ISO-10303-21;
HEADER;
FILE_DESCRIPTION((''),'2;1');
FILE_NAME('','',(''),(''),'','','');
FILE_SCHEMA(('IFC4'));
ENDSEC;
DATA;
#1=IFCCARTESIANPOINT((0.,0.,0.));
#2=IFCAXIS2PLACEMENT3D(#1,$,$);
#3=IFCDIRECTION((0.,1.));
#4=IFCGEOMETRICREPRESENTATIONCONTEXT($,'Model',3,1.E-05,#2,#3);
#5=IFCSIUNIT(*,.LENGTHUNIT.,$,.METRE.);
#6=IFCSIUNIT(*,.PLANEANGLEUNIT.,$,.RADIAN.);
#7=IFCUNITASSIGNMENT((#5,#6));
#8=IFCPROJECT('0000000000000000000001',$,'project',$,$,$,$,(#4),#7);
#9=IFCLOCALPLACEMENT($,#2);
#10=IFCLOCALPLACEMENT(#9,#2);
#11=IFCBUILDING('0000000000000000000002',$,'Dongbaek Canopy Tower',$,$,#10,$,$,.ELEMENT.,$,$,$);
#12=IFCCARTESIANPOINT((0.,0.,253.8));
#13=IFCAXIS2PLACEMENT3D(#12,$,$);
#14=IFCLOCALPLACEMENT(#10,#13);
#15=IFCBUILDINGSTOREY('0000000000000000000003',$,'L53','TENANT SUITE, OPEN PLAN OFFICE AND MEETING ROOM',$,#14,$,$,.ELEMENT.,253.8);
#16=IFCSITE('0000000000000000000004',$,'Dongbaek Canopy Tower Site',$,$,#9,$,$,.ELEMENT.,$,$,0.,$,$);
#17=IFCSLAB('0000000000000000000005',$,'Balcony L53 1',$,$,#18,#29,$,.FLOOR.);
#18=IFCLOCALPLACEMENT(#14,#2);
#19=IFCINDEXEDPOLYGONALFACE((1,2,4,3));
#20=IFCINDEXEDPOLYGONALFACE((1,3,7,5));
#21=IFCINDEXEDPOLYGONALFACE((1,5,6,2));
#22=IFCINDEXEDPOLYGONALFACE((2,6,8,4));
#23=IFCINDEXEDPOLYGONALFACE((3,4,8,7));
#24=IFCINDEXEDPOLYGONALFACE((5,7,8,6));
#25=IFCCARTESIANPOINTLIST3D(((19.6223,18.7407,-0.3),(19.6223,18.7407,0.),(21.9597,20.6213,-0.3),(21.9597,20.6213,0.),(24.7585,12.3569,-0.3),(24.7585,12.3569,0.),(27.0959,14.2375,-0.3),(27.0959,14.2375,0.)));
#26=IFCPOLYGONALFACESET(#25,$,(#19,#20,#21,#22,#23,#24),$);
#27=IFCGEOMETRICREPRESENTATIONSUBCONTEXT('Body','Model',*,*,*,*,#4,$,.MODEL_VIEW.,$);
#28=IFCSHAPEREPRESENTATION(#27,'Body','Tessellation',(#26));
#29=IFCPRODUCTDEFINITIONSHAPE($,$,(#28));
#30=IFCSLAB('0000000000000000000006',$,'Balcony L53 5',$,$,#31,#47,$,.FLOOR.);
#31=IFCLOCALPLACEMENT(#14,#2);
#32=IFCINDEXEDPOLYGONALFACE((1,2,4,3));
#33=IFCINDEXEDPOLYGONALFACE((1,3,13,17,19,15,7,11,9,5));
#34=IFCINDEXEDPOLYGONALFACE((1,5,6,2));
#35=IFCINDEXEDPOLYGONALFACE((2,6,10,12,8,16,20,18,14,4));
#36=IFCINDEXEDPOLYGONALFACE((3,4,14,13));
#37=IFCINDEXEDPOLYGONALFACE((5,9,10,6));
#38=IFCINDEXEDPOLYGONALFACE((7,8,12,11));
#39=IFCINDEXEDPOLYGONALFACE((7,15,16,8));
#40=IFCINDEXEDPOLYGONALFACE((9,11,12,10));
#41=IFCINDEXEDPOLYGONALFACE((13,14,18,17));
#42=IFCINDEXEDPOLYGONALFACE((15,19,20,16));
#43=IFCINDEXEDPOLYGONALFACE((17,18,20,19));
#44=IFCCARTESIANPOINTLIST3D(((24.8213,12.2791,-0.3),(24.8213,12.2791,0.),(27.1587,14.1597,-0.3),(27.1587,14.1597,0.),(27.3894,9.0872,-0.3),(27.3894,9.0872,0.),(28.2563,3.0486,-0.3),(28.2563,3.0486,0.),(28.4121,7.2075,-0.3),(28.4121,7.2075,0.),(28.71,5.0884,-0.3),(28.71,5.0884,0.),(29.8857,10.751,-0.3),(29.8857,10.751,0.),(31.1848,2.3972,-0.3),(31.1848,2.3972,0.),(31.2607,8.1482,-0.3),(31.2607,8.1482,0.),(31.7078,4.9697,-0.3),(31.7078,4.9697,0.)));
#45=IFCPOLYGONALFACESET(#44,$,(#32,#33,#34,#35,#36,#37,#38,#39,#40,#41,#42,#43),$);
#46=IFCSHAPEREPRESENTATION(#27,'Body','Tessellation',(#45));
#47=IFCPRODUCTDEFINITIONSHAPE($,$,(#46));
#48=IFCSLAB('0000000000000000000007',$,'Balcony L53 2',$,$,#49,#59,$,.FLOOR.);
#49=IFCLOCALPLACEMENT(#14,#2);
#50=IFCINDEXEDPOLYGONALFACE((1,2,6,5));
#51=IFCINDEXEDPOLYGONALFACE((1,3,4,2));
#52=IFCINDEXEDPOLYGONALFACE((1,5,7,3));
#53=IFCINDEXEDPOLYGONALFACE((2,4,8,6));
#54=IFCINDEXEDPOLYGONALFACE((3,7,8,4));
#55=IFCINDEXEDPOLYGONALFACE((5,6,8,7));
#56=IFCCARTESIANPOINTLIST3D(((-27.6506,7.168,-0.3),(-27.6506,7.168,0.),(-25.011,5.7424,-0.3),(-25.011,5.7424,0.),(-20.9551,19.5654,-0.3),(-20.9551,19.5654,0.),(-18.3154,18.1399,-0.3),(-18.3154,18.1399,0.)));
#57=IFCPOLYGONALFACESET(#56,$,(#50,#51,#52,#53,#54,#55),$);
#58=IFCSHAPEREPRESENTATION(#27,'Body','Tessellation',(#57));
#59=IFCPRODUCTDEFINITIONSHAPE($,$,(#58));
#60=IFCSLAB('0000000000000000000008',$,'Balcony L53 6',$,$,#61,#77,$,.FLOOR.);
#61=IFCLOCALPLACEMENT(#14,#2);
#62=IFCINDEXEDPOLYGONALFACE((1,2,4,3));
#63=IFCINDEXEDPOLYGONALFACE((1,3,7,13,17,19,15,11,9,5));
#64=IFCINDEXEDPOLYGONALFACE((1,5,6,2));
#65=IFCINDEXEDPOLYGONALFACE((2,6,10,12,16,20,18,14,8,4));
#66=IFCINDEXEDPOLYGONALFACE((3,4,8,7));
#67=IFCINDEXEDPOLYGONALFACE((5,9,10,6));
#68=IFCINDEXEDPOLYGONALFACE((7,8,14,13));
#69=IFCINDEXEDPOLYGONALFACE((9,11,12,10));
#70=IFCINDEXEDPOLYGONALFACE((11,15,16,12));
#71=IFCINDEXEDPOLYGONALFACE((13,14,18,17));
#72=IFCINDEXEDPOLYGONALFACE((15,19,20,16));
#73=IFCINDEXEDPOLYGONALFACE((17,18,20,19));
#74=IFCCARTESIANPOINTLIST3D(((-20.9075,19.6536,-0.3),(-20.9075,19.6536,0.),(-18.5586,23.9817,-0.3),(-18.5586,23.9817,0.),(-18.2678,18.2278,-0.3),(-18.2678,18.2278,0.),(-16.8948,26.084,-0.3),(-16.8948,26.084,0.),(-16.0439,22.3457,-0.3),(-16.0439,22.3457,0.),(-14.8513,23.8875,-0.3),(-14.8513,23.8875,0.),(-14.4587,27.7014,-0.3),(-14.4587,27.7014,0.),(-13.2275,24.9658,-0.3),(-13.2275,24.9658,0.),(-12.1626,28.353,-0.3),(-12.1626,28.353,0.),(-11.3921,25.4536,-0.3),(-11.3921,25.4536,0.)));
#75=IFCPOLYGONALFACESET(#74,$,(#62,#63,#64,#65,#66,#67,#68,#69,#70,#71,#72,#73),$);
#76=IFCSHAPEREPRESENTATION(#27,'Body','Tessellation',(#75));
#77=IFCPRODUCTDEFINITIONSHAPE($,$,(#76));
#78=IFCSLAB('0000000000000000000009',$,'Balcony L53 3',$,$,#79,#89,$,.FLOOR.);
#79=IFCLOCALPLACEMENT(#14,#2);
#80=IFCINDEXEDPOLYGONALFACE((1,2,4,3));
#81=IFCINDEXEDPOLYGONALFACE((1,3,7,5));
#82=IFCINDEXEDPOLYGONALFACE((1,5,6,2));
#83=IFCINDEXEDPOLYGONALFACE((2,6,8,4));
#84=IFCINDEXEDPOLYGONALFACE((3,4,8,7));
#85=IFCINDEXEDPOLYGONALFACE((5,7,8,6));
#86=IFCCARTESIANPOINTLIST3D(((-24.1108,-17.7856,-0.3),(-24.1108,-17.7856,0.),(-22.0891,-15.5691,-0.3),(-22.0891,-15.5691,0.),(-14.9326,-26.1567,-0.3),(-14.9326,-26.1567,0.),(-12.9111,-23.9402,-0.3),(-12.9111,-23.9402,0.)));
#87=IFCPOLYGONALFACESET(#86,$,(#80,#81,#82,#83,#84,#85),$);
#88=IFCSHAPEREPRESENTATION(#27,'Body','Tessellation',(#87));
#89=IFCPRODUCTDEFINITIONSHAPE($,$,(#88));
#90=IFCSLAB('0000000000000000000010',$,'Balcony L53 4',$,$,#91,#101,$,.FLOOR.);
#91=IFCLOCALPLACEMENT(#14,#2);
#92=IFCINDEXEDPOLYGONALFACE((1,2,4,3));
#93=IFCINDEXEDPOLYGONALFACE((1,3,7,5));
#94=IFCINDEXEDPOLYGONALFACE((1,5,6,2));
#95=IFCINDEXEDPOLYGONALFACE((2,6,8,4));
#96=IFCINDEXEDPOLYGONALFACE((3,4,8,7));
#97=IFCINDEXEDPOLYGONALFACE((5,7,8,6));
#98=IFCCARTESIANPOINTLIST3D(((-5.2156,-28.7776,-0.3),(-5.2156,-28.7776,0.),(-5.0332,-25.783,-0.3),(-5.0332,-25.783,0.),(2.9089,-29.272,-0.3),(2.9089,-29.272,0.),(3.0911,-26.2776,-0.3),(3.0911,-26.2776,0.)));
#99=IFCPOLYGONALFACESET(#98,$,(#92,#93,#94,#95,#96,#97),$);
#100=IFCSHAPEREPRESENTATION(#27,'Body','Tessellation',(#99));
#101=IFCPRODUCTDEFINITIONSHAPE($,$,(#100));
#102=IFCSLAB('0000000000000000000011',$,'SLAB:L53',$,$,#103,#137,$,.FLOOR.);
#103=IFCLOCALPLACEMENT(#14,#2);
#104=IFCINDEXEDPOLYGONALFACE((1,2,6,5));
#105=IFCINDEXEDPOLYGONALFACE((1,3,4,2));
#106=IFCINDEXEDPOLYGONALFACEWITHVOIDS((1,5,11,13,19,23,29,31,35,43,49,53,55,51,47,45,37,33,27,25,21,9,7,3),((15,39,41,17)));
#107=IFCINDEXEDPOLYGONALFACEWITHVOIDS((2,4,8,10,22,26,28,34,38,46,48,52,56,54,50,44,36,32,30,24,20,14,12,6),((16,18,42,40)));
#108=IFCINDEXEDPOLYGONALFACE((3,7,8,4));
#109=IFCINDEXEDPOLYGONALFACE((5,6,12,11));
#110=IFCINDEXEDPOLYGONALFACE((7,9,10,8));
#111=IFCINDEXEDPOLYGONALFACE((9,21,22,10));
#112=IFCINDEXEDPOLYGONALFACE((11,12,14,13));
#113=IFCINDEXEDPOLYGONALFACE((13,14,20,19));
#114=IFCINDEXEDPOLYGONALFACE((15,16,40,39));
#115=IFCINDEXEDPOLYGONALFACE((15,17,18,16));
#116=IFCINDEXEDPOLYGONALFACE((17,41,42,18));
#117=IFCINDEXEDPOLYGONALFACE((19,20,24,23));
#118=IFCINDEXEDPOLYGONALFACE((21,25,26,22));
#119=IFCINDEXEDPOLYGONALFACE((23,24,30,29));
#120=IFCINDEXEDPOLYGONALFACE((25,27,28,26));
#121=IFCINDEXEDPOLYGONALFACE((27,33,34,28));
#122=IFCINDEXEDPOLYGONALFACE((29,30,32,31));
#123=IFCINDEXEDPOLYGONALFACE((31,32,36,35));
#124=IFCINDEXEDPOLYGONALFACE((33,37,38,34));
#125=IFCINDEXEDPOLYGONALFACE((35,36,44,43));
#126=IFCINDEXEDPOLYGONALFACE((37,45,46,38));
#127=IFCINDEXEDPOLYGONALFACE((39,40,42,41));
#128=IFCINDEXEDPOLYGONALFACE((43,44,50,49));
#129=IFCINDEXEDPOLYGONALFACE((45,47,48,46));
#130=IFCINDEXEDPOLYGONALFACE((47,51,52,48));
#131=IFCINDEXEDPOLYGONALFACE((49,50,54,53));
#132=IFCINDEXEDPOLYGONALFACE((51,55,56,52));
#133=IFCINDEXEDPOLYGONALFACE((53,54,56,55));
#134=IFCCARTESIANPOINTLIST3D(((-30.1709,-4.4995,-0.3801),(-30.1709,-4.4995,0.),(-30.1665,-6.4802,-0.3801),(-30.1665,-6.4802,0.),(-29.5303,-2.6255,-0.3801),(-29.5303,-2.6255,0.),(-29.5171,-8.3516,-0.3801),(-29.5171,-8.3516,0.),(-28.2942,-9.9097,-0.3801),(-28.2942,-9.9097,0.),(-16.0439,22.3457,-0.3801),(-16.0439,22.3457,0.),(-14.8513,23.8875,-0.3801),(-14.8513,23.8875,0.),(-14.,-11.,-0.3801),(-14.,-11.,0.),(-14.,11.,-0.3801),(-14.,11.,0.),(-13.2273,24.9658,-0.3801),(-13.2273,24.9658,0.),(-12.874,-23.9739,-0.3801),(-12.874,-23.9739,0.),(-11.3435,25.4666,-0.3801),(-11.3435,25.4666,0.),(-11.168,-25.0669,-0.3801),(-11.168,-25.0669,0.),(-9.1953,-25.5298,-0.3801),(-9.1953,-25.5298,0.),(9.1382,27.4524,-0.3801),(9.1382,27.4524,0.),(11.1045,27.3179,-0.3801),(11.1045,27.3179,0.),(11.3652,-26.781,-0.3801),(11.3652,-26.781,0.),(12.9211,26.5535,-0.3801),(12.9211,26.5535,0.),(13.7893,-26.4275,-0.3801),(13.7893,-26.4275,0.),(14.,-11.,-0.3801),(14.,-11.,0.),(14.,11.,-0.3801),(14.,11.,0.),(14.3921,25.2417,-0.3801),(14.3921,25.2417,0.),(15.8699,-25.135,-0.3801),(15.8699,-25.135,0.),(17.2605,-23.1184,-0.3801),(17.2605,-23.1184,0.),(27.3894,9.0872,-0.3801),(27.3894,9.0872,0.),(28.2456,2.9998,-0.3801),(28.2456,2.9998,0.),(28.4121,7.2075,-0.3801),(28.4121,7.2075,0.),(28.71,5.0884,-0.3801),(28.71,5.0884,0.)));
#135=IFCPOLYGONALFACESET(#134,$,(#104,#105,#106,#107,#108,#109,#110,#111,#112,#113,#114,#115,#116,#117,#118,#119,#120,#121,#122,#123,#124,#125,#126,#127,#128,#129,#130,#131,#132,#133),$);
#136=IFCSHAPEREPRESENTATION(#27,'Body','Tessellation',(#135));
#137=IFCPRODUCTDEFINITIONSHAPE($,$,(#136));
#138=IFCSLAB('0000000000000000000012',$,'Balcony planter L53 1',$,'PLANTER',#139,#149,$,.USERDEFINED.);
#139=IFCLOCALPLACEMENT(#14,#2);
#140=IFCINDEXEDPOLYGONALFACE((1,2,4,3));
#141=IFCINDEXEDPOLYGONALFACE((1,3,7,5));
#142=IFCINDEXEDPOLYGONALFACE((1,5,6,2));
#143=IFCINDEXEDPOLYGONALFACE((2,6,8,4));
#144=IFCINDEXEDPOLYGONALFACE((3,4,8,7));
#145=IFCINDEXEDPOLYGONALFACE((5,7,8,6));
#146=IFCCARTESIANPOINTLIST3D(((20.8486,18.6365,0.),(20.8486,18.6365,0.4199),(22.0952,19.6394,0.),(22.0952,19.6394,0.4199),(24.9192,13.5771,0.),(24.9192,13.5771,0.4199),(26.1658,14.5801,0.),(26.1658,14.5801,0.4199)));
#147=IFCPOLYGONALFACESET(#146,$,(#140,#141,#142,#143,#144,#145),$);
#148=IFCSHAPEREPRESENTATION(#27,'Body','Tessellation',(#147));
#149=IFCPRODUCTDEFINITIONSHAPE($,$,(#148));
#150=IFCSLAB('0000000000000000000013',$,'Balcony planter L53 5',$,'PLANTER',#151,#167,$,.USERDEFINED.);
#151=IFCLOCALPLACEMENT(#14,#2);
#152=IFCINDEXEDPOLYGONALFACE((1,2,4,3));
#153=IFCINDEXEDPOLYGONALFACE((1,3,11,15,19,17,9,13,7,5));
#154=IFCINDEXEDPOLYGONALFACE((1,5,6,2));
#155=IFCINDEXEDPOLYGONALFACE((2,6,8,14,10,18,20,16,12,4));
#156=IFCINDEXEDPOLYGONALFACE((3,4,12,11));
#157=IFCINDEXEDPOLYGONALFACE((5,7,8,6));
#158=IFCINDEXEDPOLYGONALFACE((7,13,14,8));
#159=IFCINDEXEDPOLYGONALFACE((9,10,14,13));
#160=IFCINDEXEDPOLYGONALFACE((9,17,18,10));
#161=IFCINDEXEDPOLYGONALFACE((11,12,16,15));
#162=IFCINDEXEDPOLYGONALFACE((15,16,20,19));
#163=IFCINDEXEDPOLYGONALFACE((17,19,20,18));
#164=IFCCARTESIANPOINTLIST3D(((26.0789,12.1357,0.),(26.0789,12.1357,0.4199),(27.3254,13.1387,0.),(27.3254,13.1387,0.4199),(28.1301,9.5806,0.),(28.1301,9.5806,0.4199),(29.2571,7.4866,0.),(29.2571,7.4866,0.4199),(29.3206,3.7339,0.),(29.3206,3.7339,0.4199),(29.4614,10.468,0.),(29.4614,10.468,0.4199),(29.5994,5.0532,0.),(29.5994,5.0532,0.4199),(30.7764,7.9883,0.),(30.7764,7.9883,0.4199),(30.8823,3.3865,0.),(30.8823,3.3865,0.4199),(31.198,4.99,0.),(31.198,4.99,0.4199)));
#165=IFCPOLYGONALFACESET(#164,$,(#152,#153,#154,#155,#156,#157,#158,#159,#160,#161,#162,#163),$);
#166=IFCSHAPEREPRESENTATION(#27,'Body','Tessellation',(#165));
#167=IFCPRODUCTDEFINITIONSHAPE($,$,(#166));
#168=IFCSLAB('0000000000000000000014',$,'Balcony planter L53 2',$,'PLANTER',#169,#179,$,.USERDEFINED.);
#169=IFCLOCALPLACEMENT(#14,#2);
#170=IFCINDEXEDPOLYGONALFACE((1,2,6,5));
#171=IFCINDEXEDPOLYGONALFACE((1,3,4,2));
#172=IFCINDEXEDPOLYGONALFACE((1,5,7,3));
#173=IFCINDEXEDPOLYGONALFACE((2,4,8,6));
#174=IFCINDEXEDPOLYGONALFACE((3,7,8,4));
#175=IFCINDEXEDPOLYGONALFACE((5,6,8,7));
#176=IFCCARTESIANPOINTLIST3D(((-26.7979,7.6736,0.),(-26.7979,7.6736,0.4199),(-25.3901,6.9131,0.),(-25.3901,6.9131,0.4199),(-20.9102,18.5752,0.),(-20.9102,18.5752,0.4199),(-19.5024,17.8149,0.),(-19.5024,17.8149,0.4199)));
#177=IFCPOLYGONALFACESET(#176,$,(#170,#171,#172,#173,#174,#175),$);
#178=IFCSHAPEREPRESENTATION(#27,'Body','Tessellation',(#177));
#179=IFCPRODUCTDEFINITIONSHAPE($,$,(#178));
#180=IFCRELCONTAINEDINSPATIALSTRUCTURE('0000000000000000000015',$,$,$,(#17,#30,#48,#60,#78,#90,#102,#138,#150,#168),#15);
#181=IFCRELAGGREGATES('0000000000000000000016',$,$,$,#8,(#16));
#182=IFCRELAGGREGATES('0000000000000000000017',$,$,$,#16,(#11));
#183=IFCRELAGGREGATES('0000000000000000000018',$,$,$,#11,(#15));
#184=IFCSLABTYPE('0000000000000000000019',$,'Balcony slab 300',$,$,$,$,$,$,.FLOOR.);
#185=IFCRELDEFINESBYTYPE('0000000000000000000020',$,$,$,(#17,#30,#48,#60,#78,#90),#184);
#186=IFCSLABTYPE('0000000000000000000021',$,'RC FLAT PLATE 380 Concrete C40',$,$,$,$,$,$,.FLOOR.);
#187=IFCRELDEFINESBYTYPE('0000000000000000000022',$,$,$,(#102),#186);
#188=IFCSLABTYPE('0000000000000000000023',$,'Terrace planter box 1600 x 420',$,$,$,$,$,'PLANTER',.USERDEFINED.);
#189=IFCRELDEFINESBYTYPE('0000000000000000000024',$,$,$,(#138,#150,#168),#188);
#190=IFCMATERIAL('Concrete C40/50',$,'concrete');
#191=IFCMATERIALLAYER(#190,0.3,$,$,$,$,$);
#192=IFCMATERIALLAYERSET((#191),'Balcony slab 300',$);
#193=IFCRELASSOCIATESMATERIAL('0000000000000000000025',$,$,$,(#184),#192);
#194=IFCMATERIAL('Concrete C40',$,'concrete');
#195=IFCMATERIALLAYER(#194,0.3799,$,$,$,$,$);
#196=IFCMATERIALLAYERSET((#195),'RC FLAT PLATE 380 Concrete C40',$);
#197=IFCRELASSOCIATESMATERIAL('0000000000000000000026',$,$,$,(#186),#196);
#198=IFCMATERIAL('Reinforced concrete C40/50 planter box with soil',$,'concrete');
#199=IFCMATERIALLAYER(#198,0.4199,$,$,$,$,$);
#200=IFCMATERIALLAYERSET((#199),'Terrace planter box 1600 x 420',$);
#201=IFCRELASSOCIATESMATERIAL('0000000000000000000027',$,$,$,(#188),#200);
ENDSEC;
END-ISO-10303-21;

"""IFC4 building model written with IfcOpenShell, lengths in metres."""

from ifc_helpers import new_model, si_unit, direction, frame, origin, place, context, subcontext, project, spatial, polyline, outline, extrude, material, layer, layer_set, type_object, element, save


model = new_model("IFC4")

# Units and contexts
model_context = context("Model", 3, precision=1e-05, world=origin(), true_north=direction((0.0, 1.0)))
body_context = subcontext(model_context, "Body", "Model", "MODEL_VIEW")
ifc_project = project(units=[si_unit("LENGTHUNIT", "METRE"), si_unit("PLANEANGLEUNIT", "RADIAN")], contexts=[model_context])

# Site, building, storey
site_placement = place(None, origin())
site = spatial("IfcSite", under=ifc_project, at=site_placement, Name="Dongbaek Canopy Tower Site", CompositionType="ELEMENT", RefElevation=0.0)
building_placement = place(site_placement, origin())
building = spatial("IfcBuilding", under=site, at=building_placement, Name="Dongbaek Canopy Tower", CompositionType="ELEMENT")
storey_placement = place(building_placement, frame((0.0, 0.0, 253.8)))
storey = spatial("IfcBuildingStorey", under=building, at=storey_placement, Name="L53", Description="TENANT SUITE, OPEN PLAN OFFICE AND MEETING ROOM", CompositionType="ELEMENT", Elevation=253.8)

# Slabs
ifc_material_1 = material(Name="Concrete C40/50", Category="concrete")
ifc_layer_1 = layer(ifc_material_1, 0.3)
ifc_layer_set_1 = layer_set([ifc_layer_1], Name="Balcony slab 300")
slab_type_1 = type_object("IfcSlabType", Name="Balcony slab 300", PredefinedType="FLOOR", material=ifc_layer_set_1)
slab_1_placement = place(storey_placement, frame((0.0, 0.0, -0.3)))
element("IfcSlab", 1, at=slab_1_placement, inside=storey, type_object=slab_type_1, Name="Balcony L53 1", PredefinedType="FLOOR", context=body_context, shape_type="SweptSolid", body=[
    extrude(outline(polyline([(24.7585, 12.3569), (19.6223, 18.7407), (21.9597, 20.6213), (27.0959, 14.2375), (24.7585, 12.3569)])), origin(), (0.0, 0.0, 1.0), 0.3),
])
slab_2_placement = place(storey_placement, frame((0.0, 0.0, -0.3)))
element("IfcSlab", 2, at=slab_2_placement, inside=storey, type_object=slab_type_1, Name="Balcony L53 5", PredefinedType="FLOOR", context=body_context, shape_type="SweptSolid", body=[
    extrude(outline(polyline([(28.2563, 3.0486), (28.71, 5.0884), (28.4121, 7.2075), (27.3894, 9.0872), (24.8213, 12.2791), (27.1587, 14.1597), (29.8857, 10.751), (31.2607, 8.1482), (31.7078, 4.9697), (31.1848, 2.3972), (28.2563, 3.0486)])), origin(), (0.0, 0.0, 1.0), 0.3),
])
slab_3_placement = place(storey_placement, frame((0.0, 0.0, -0.3)))
element("IfcSlab", 3, at=slab_3_placement, inside=storey, type_object=slab_type_1, Name="Balcony L53 2", PredefinedType="FLOOR", context=body_context, shape_type="SweptSolid", body=[
    extrude(outline(polyline([(-18.3154, 18.1399), (-25.011, 5.7424), (-27.6506, 7.168), (-20.9551, 19.5654), (-18.3154, 18.1399)])), origin(), (0.0, 0.0, 1.0), 0.3),
])
slab_4_placement = place(storey_placement, frame((0.0, 0.0, -0.3)))
element("IfcSlab", 4, at=slab_4_placement, inside=storey, type_object=slab_type_1, Name="Balcony L53 6", PredefinedType="FLOOR", context=body_context, shape_type="SweptSolid", body=[
    extrude(outline(polyline([(-11.3921, 25.4536), (-13.2275, 24.9658), (-14.8513, 23.8875), (-16.0439, 22.3457), (-18.2678, 18.2278), (-20.9075, 19.6536), (-18.5586, 23.9817), (-16.8948, 26.084), (-14.4587, 27.7014), (-12.1626, 28.353), (-11.3921, 25.4536)])), origin(), (0.0, 0.0, 1.0), 0.3),
])
slab_5_placement = place(storey_placement, frame((0.0, 0.0, -0.3)))
element("IfcSlab", 5, at=slab_5_placement, inside=storey, type_object=slab_type_1, Name="Balcony L53 3", PredefinedType="FLOOR", context=body_context, shape_type="SweptSolid", body=[
    extrude(outline(polyline([(-22.0891, -15.5691), (-12.9111, -23.9402), (-14.9326, -26.1567), (-24.1108, -17.7856), (-22.0891, -15.5691)])), origin(), (0.0, 0.0, 1.0), 0.3),
])
slab_6_placement = place(storey_placement, frame((0.0, 0.0, -0.3)))
element("IfcSlab", 6, at=slab_6_placement, inside=storey, type_object=slab_type_1, Name="Balcony L53 4", PredefinedType="FLOOR", context=body_context, shape_type="SweptSolid", body=[
    extrude(outline(polyline([(-5.0332, -25.783), (3.0911, -26.2776), (2.9089, -29.272), (-5.2156, -28.7776), (-5.0332, -25.783)])), origin(), (0.0, 0.0, 1.0), 0.3),
])
ifc_material_2 = material(Name="Concrete C40", Category="concrete")
ifc_layer_2 = layer(ifc_material_2, 0.3799)
ifc_layer_set_2 = layer_set([ifc_layer_2], Name="RC FLAT PLATE 380 Concrete C40")
slab_type_2 = type_object("IfcSlabType", Name="RC FLAT PLATE 380 Concrete C40", PredefinedType="FLOOR", material=ifc_layer_set_2)
slab_7_placement = place(storey_placement, frame((0.0, 0.0, -0.3801)))
element("IfcSlab", 7, at=slab_7_placement, inside=storey, type_object=slab_type_2, Name="SLAB:L53", PredefinedType="FLOOR", context=body_context, shape_type="SweptSolid", body=[
    extrude(outline(polyline([(17.2605, -23.1184), (15.8699, -25.135), (13.7893, -26.4275), (11.3652, -26.781), (-9.1953, -25.5298), (-11.168, -25.0669), (-12.874, -23.9739), (-28.2942, -9.9097), (-29.5171, -8.3516), (-30.1665, -6.4802), (-30.1709, -4.4995), (-29.5303, -2.6255), (-16.0439, 22.3457), (-14.8513, 23.8875), (-13.2273, 24.9658), (-11.3435, 25.4666), (9.1382, 27.4524), (11.1045, 27.3179), (12.9211, 26.5535), (14.3921, 25.2417), (27.3894, 9.0872), (28.4121, 7.2075), (28.71, 5.0884), (28.2456, 2.9998), (17.2605, -23.1184)]), holes=[polyline([(14.0, 11.0), (-14.0, 11.0), (-14.0, -11.0), (14.0, -11.0), (14.0, 11.0)])]), origin(), (0.0, 0.0, 1.0), 0.3801),
])
ifc_material_3 = material(Name="Reinforced concrete C40/50 planter box with soil", Category="concrete")
ifc_layer_3 = layer(ifc_material_3, 0.4199)
ifc_layer_set_3 = layer_set([ifc_layer_3], Name="Terrace planter box 1600 x 420")
slab_type_3 = type_object("IfcSlabType", Name="Terrace planter box 1600 x 420", ElementType="PLANTER", PredefinedType="USERDEFINED", material=ifc_layer_set_3)
slab_8_placement = place(storey_placement, origin())
element("IfcSlab", 8, at=slab_8_placement, inside=storey, type_object=slab_type_3, Name="Balcony planter L53 1", ObjectType="PLANTER", PredefinedType="USERDEFINED", context=body_context, shape_type="SweptSolid", body=[
    extrude(outline(polyline([(24.9192, 13.5771), (20.8486, 18.6365), (22.0952, 19.6394), (26.1658, 14.5801), (24.9192, 13.5771)])), origin(), (0.0, 0.0, 1.0), 0.4199),
])
slab_9_placement = place(storey_placement, origin())
element("IfcSlab", 9, at=slab_9_placement, inside=storey, type_object=slab_type_3, Name="Balcony planter L53 5", ObjectType="PLANTER", PredefinedType="USERDEFINED", context=body_context, shape_type="SweptSolid", body=[
    extrude(outline(polyline([(29.3206, 3.7339), (29.5994, 5.0532), (29.2571, 7.4866), (28.1301, 9.5806), (26.0789, 12.1357), (27.3254, 13.1387), (29.4614, 10.468), (30.7764, 7.9883), (31.198, 4.99), (30.8823, 3.3865), (29.3206, 3.7339)])), origin(), (0.0, 0.0, 1.0), 0.4199),
])
slab_10_placement = place(storey_placement, origin())
element("IfcSlab", 10, at=slab_10_placement, inside=storey, type_object=slab_type_3, Name="Balcony planter L53 2", ObjectType="PLANTER", PredefinedType="USERDEFINED", context=body_context, shape_type="SweptSolid", body=[
    extrude(outline(polyline([(-19.5024, 17.8149), (-25.3901, 6.9131), (-26.7979, 7.6736), (-20.9102, 18.5752), (-19.5024, 17.8149)])), origin(), (0.0, 0.0, 1.0), 0.4199),
])

save(model, "model.ifc")
